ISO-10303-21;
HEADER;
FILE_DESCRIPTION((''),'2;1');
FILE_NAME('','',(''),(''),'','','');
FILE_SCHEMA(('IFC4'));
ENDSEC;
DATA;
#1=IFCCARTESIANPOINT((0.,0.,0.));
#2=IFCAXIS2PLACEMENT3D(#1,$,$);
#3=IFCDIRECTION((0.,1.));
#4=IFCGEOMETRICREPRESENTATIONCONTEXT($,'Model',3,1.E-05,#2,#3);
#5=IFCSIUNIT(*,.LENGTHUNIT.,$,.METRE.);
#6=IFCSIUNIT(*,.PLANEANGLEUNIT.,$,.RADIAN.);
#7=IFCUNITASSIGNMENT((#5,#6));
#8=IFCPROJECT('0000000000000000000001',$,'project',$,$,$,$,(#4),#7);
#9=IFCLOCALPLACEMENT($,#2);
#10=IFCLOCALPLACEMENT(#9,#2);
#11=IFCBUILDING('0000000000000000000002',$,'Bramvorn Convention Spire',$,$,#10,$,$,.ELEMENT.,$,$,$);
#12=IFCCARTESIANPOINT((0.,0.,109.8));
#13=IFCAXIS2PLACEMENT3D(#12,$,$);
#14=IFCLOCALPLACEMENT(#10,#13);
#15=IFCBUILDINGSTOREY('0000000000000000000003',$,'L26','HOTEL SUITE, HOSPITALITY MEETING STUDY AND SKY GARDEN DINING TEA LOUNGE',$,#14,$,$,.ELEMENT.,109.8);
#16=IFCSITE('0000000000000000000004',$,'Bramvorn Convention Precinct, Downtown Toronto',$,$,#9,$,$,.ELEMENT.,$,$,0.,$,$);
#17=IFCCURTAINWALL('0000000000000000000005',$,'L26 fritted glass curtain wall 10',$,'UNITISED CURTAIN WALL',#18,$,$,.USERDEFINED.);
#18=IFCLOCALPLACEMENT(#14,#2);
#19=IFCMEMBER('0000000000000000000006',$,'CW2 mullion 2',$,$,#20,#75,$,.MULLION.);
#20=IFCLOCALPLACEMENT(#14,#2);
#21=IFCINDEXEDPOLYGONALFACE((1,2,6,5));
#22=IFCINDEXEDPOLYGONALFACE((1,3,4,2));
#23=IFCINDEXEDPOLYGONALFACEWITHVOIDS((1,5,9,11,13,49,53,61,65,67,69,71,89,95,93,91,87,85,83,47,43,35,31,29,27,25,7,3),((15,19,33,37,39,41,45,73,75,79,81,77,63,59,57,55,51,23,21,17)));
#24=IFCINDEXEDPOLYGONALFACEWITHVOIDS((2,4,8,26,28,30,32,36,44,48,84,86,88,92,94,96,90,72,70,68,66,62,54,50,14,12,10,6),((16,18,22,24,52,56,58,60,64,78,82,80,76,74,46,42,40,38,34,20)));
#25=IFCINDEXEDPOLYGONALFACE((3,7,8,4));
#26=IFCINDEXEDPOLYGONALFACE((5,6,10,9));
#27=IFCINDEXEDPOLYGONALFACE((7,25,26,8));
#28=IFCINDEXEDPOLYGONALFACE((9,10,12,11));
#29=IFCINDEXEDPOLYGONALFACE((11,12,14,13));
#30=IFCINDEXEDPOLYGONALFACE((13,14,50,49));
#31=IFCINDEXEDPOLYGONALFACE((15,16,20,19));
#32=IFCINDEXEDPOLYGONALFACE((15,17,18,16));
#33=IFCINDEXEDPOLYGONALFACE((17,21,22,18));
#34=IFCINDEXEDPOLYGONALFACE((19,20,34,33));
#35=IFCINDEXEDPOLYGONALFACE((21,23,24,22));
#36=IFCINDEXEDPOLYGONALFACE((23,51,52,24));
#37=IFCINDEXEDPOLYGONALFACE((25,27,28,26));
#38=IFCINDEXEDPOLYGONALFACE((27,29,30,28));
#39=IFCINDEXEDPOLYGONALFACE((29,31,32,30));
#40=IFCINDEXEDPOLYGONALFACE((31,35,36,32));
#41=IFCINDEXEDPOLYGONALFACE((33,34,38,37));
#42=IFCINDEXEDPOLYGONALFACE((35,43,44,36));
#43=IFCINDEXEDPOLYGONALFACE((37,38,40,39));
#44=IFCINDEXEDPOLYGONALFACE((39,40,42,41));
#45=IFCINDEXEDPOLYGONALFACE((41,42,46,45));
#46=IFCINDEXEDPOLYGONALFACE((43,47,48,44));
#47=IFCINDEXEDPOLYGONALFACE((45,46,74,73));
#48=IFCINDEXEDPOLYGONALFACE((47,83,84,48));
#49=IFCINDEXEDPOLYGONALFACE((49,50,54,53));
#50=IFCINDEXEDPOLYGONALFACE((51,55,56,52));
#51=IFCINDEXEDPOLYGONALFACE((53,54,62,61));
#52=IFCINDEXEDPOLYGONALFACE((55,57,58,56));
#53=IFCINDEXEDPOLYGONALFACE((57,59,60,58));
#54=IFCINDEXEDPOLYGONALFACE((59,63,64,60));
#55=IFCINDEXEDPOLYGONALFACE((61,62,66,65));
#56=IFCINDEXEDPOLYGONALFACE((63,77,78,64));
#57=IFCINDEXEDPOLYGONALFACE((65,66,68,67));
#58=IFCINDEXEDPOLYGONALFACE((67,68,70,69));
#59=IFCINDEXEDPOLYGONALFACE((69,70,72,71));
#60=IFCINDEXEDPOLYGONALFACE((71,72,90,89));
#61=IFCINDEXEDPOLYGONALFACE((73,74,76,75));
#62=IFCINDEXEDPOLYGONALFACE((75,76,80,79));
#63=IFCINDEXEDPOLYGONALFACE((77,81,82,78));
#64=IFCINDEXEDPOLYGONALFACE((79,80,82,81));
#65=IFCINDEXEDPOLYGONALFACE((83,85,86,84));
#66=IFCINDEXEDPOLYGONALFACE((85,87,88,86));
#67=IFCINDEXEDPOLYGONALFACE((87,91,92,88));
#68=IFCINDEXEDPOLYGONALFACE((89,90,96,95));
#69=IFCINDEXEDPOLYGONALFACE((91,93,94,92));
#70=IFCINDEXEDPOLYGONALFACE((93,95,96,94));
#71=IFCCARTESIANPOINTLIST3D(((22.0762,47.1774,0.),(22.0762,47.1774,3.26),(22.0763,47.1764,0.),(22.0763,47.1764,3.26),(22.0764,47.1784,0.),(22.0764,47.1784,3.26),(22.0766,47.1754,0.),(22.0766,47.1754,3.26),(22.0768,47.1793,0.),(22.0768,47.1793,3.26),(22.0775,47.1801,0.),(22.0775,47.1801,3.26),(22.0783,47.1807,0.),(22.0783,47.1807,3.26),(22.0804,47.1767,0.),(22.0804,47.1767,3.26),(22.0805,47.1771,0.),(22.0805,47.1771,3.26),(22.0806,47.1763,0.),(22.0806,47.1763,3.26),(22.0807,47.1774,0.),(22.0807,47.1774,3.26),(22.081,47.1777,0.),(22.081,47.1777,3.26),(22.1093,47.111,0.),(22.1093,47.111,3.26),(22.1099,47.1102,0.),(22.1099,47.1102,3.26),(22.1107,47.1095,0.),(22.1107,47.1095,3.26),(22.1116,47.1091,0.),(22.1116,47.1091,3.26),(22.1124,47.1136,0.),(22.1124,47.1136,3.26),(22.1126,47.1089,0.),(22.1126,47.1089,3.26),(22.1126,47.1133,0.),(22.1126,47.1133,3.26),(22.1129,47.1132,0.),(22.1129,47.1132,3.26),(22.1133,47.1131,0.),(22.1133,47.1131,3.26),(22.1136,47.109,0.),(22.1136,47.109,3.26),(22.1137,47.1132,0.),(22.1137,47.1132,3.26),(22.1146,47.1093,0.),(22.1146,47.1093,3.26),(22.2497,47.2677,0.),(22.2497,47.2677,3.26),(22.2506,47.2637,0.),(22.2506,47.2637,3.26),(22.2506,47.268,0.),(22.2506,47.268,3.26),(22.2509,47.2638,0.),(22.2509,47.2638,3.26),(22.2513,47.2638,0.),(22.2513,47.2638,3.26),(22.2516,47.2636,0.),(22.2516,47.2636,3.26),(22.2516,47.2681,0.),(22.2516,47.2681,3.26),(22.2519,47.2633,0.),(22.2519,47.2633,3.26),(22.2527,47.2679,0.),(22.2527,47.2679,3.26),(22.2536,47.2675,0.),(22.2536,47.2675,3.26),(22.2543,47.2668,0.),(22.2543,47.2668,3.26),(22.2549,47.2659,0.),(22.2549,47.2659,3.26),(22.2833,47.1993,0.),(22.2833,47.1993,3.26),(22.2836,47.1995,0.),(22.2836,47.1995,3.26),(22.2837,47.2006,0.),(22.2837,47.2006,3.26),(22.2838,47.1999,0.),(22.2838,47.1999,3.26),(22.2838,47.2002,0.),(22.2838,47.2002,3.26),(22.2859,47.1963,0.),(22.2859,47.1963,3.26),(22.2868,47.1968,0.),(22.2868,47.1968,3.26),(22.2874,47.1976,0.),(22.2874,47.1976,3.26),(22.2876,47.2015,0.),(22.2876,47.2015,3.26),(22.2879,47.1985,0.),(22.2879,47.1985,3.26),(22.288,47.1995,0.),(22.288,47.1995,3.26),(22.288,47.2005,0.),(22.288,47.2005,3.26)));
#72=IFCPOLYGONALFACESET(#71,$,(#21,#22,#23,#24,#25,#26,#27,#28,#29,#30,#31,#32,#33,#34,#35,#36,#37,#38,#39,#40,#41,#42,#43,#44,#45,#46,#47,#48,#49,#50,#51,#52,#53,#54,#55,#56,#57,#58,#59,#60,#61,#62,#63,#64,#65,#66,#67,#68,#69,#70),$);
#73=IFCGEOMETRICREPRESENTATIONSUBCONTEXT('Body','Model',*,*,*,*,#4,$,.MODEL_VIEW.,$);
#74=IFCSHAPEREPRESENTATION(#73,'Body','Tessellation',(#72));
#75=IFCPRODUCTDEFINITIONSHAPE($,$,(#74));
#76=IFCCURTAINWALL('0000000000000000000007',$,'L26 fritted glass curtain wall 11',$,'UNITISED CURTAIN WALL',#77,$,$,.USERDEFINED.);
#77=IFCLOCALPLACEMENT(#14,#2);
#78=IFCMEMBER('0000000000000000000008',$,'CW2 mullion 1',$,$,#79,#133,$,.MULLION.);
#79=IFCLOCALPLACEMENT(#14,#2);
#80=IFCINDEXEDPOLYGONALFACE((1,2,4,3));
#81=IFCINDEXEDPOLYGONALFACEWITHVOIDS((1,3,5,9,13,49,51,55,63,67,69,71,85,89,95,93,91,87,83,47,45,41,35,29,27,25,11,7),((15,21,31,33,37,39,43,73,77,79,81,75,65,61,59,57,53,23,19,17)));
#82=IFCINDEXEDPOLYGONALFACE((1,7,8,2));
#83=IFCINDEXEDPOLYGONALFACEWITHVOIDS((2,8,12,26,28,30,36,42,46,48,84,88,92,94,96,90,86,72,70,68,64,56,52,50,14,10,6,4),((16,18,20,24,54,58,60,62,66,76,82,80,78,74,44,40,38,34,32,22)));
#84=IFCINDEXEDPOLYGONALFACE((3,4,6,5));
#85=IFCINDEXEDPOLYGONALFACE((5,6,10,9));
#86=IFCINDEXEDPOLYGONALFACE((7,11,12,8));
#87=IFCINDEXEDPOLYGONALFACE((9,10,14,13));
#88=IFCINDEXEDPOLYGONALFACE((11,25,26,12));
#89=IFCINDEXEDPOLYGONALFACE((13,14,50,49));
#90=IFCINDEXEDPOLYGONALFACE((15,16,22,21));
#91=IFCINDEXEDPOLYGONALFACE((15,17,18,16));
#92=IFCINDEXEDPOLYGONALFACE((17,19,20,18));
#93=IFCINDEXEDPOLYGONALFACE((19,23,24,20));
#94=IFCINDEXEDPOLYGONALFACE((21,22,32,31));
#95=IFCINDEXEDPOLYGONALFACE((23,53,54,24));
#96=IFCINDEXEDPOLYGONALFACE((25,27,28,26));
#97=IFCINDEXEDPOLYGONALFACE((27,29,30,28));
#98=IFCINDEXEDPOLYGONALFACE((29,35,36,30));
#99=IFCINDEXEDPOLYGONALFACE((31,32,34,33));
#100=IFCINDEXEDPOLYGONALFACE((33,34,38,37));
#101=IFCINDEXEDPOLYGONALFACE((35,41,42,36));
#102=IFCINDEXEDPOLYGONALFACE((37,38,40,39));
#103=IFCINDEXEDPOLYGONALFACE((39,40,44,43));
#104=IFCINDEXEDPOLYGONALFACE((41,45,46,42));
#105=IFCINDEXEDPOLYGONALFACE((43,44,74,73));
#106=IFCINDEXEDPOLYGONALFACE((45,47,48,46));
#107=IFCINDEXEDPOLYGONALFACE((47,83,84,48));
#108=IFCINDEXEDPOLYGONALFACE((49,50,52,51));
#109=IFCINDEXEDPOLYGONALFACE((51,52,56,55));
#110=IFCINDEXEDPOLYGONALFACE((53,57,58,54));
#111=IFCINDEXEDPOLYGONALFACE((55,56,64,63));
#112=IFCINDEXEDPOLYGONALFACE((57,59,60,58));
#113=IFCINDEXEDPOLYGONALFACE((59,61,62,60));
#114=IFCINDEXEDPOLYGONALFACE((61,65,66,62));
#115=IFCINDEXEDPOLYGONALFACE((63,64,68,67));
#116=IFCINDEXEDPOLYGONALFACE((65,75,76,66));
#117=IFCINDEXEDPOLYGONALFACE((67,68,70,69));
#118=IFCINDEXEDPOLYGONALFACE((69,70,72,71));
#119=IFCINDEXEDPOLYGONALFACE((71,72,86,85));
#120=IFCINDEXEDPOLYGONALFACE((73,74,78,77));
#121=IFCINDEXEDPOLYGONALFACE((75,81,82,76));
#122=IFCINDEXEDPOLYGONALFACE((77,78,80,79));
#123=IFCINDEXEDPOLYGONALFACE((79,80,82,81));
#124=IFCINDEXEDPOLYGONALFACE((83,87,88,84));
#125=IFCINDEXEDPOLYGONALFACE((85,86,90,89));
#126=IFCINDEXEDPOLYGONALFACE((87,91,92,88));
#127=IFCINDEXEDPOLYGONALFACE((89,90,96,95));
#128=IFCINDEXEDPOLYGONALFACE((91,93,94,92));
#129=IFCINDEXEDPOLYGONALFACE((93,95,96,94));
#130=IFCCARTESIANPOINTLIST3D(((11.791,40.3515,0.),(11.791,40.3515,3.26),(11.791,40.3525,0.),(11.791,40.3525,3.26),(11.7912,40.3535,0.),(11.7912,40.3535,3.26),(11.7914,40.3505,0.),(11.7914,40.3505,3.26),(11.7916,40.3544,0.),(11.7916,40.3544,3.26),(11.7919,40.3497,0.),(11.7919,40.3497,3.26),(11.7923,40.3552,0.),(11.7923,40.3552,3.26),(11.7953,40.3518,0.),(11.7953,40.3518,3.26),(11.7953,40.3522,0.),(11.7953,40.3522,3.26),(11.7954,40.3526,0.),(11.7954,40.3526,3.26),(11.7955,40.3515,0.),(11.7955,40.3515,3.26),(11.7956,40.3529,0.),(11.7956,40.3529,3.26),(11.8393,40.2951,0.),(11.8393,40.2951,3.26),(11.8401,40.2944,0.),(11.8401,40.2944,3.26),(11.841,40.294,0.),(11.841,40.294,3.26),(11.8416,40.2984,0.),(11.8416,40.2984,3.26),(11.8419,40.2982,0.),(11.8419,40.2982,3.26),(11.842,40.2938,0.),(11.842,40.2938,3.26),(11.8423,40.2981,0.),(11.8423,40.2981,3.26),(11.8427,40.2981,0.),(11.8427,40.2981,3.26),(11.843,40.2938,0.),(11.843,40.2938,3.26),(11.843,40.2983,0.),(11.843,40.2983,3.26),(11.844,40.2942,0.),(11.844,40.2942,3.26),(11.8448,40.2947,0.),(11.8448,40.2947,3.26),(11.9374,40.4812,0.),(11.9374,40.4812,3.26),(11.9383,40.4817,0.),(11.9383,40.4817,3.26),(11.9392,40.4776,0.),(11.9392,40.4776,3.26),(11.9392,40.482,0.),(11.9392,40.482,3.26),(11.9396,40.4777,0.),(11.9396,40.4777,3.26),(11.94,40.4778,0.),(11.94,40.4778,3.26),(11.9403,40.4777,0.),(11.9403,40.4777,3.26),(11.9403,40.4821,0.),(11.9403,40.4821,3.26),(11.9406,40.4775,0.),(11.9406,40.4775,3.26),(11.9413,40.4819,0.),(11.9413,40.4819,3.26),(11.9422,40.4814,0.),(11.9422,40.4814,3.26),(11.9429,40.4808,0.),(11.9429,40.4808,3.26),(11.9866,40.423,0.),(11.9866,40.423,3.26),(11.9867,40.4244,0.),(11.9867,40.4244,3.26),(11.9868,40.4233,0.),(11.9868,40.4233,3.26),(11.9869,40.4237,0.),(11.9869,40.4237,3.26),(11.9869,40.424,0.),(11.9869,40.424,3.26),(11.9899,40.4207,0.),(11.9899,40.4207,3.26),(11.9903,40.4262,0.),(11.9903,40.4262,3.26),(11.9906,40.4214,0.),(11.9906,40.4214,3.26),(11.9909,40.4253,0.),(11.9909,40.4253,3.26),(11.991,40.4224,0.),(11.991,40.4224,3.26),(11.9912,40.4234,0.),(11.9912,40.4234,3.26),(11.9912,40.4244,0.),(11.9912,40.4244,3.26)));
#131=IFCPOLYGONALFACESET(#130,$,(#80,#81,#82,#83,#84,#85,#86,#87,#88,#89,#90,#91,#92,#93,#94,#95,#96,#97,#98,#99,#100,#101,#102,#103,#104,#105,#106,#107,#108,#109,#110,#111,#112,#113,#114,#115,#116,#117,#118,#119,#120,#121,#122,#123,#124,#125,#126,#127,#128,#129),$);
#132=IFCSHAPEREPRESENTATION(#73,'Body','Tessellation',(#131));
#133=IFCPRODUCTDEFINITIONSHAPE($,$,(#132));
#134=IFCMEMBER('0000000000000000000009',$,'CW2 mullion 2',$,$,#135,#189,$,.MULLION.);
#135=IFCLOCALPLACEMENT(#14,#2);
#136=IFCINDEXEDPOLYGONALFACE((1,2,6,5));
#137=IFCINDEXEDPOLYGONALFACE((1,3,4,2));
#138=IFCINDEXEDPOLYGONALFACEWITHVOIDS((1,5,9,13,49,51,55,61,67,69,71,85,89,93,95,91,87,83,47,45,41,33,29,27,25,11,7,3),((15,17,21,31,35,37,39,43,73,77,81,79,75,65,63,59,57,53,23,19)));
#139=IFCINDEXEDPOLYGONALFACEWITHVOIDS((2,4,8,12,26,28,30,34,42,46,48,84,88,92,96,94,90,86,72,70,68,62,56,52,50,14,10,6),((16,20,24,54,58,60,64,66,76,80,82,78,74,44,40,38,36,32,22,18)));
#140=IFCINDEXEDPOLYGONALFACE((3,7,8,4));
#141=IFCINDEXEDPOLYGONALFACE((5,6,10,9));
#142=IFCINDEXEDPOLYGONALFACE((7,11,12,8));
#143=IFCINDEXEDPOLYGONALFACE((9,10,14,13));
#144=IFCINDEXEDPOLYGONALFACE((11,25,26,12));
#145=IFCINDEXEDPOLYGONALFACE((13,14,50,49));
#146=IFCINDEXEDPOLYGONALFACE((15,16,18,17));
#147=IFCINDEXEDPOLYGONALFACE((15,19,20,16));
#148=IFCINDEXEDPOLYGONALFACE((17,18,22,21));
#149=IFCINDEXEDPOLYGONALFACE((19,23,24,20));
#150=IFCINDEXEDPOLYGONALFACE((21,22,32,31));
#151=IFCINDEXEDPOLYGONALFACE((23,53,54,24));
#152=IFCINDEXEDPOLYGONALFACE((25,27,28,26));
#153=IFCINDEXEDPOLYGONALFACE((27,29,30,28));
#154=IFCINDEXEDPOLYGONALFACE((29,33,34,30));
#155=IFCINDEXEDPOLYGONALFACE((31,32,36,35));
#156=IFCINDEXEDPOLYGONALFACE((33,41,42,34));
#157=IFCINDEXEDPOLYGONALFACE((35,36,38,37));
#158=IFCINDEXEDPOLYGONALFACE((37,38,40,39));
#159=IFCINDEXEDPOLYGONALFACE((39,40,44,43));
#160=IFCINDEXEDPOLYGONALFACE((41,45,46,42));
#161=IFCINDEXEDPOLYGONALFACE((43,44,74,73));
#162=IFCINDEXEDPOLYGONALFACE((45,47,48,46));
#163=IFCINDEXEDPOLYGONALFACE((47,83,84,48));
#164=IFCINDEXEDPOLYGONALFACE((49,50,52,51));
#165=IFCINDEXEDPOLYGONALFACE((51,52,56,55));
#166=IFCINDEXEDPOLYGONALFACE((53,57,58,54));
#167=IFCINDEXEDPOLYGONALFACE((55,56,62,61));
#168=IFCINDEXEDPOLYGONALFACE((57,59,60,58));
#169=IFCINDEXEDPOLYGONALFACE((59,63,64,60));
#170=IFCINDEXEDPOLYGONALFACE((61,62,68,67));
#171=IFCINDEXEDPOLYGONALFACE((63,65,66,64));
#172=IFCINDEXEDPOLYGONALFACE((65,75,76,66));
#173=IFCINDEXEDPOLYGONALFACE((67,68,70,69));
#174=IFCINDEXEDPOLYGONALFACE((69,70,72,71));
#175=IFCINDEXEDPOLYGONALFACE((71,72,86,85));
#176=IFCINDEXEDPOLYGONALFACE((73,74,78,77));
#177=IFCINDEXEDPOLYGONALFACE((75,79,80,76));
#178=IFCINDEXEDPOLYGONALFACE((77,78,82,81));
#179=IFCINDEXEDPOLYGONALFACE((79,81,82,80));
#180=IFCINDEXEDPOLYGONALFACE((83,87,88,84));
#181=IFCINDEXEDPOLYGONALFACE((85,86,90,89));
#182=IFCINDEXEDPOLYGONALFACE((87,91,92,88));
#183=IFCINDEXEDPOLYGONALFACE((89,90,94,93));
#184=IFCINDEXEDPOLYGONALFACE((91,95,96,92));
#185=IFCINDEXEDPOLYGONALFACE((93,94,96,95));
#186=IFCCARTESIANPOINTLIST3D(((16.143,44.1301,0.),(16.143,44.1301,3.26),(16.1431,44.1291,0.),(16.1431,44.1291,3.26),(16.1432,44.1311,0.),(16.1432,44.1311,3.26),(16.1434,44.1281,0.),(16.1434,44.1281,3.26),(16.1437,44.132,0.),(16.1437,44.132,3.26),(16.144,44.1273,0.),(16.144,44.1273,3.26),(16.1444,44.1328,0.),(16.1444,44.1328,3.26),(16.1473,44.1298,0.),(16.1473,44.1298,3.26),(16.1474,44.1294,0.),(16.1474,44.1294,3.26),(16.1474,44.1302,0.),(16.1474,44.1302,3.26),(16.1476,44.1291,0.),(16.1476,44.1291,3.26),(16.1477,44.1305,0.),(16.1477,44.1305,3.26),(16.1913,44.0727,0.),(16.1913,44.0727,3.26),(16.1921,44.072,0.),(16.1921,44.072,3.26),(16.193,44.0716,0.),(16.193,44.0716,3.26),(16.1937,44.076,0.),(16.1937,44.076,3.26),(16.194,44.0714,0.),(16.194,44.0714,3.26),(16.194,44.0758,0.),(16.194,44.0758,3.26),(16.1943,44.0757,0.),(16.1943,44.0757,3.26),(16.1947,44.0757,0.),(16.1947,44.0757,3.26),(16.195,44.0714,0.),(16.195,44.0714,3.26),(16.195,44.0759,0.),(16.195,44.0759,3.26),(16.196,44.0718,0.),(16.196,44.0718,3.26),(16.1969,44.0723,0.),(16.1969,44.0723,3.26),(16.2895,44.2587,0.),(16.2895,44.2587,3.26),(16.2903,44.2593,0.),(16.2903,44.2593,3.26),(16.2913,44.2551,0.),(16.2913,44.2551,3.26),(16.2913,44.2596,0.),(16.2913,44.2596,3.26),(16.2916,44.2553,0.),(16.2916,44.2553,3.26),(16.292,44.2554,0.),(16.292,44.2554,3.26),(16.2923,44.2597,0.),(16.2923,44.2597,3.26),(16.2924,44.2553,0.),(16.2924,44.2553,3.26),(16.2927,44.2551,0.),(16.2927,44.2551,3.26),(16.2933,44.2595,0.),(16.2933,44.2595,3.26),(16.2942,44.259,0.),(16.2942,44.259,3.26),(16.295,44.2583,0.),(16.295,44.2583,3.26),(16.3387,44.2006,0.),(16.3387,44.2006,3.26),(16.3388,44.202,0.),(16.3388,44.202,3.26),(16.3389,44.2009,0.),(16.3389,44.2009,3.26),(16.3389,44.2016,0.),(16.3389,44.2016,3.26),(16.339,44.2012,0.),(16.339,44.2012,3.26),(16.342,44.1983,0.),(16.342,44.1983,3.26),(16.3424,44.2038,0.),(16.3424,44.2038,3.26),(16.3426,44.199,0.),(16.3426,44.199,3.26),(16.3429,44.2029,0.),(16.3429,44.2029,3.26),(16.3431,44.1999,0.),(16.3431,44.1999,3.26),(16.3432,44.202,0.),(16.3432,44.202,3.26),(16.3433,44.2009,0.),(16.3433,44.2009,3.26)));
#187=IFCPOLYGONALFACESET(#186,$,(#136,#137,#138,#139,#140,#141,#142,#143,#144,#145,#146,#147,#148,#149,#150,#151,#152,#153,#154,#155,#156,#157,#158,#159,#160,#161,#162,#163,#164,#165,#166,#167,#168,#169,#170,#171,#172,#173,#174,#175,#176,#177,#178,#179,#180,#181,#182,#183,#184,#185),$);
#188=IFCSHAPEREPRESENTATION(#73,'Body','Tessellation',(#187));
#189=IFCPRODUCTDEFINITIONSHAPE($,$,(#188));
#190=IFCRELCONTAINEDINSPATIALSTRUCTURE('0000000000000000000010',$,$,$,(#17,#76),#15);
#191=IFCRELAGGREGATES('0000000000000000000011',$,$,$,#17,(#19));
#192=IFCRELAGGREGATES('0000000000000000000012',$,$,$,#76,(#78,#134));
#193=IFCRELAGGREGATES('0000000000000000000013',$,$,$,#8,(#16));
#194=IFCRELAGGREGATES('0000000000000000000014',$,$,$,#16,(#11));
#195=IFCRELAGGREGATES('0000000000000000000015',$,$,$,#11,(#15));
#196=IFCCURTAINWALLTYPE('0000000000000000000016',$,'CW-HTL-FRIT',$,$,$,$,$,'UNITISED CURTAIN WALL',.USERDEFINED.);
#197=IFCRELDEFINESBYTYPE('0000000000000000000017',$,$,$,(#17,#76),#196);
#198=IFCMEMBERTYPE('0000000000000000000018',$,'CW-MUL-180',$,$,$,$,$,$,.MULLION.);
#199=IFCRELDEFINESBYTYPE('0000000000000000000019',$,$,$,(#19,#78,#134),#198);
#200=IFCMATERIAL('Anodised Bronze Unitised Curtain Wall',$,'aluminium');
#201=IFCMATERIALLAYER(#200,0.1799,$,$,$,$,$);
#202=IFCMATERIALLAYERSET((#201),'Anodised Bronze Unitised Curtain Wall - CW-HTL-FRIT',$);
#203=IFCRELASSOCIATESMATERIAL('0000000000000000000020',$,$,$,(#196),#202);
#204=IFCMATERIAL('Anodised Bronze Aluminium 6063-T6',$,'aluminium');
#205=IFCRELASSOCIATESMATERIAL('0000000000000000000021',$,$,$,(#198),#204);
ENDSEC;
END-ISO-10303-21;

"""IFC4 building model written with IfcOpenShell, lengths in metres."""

from ifc_helpers import new_model, si_unit, direction, frame, origin, origin_2d, place, context, subcontext, project, spatial, hollow_rectangle, extrude, material, layer, layer_set, material_profile, profile_set, type_object, element, aggregate, save


model = new_model("IFC4")

# Units and contexts
model_context = context("Model", 3, precision=1e-05, world=origin(), true_north=direction((0.0, 1.0)))
body_context = subcontext(model_context, "Body", "Model", "MODEL_VIEW")
ifc_project = project(units=[si_unit("LENGTHUNIT", "METRE"), si_unit("PLANEANGLEUNIT", "RADIAN")], contexts=[model_context])

# Site, building, storey
site_placement = place(None, origin())
site = spatial("IfcSite", under=ifc_project, at=site_placement, Name="Bramvorn Convention Precinct, Downtown Toronto", CompositionType="ELEMENT", RefElevation=0.0)
building_placement = place(site_placement, origin())
building = spatial("IfcBuilding", under=site, at=building_placement, Name="Bramvorn Convention Spire", CompositionType="ELEMENT")
storey_placement = place(building_placement, frame((0.0, 0.0, 109.8)))
storey = spatial("IfcBuildingStorey", under=building, at=storey_placement, Name="L26", Description="HOTEL SUITE, HOSPITALITY MEETING STUDY AND SKY GARDEN DINING TEA LOUNGE", CompositionType="ELEMENT", Elevation=109.8)

# Shared definitions
ifc_material_1 = material(Name="Anodised Bronze Unitised Curtain Wall", Category="aluminium")
ifc_layer_1 = layer(ifc_material_1, 0.1799)
ifc_layer_set_1 = layer_set([ifc_layer_1], Name="Anodised Bronze Unitised Curtain Wall - CW-HTL-FRIT")
curtain_wall_type = type_object("IfcCurtainWallType", Name="CW-HTL-FRIT", ElementType="UNITISED CURTAIN WALL", PredefinedType="USERDEFINED", material=ifc_layer_set_1)
ifc_material_2 = material(Name="Anodised Bronze Aluminium 6063-T6", Category="aluminium")
ifc_material_profile_1 = material_profile(ifc_material_2, hollow_rectangle(XDim=0.0801, YDim=0.2, WallThickness=0.0039, InnerFilletRadius=0.001, OuterFilletRadius=0.0039, at=origin_2d()))
ifc_profile_set_1 = profile_set([ifc_material_profile_1], Name="Anodised Bronze Aluminium 6063-T6 - CWM80X200")
member_type_1 = type_object("IfcMemberType", Name="CW-MUL-180", PredefinedType="MULLION", material=ifc_profile_set_1)

# Curtain walls, members
curtain_wall_1_placement = place(storey_placement, origin())
curtain_wall_1 = element("IfcCurtainWall", 1, at=curtain_wall_1_placement, inside=storey, type_object=curtain_wall_type, Name="L26 fritted glass curtain wall 10", ObjectType="UNITISED CURTAIN WALL", PredefinedType="USERDEFINED")
member_1_placement = place(storey_placement, frame((22.1821, 47.1885, 0.0), z_axis=(0.0, 0.0, 1.0), x_axis=(-0.452643, 0.891692, 0.0)))
member_1 = element("IfcMember", 2, at=member_1_placement, type_object=member_type_1, Name="CW2 mullion 2", PredefinedType="MULLION", context=body_context, shape_type="SweptSolid", body=[
    extrude(hollow_rectangle(XDim=0.0801, YDim=0.2, WallThickness=0.0039, InnerFilletRadius=0.001, OuterFilletRadius=0.0039, at=origin_2d()), origin(), (0.0, 0.0, 1.0), 3.26),
])
curtain_wall_2_placement = place(storey_placement, origin())
curtain_wall_2 = element("IfcCurtainWall", 3, at=curtain_wall_2_placement, inside=storey, type_object=curtain_wall_type, Name="L26 fritted glass curtain wall 11", ObjectType="UNITISED CURTAIN WALL", PredefinedType="USERDEFINED")
member_2_placement = place(storey_placement, frame((11.8911, 40.3879, 0.0), z_axis=(0.0, 0.0, 1.0), x_axis=(-0.6555, 0.755195, 0.0)))
member_2 = element("IfcMember", 4, at=member_2_placement, type_object=member_type_1, Name="CW2 mullion 1", PredefinedType="MULLION", context=body_context, shape_type="SweptSolid", body=[
    extrude(hollow_rectangle(XDim=0.0801, YDim=0.2, WallThickness=0.0039, InnerFilletRadius=0.001, OuterFilletRadius=0.0039, at=origin_2d()), origin(), (0.0, 0.0, 1.0), 3.26),
])
member_3_placement = place(storey_placement, frame((16.2432, 44.1655, 0.0), z_axis=(0.0, 0.0, 1.0), x_axis=(-0.6555, 0.755195, 0.0)))
member_3 = element("IfcMember", 5, at=member_3_placement, type_object=member_type_1, Name="CW2 mullion 2", PredefinedType="MULLION", context=body_context, shape_type="SweptSolid", body=[
    extrude(hollow_rectangle(XDim=0.0801, YDim=0.2, WallThickness=0.0039, InnerFilletRadius=0.001, OuterFilletRadius=0.0039, at=origin_2d()), origin(), (0.0, 0.0, 1.0), 3.26),
])

aggregate(curtain_wall_1, [member_1])
aggregate(curtain_wall_2, [member_2, member_3])

save(model, "model.ifc")
